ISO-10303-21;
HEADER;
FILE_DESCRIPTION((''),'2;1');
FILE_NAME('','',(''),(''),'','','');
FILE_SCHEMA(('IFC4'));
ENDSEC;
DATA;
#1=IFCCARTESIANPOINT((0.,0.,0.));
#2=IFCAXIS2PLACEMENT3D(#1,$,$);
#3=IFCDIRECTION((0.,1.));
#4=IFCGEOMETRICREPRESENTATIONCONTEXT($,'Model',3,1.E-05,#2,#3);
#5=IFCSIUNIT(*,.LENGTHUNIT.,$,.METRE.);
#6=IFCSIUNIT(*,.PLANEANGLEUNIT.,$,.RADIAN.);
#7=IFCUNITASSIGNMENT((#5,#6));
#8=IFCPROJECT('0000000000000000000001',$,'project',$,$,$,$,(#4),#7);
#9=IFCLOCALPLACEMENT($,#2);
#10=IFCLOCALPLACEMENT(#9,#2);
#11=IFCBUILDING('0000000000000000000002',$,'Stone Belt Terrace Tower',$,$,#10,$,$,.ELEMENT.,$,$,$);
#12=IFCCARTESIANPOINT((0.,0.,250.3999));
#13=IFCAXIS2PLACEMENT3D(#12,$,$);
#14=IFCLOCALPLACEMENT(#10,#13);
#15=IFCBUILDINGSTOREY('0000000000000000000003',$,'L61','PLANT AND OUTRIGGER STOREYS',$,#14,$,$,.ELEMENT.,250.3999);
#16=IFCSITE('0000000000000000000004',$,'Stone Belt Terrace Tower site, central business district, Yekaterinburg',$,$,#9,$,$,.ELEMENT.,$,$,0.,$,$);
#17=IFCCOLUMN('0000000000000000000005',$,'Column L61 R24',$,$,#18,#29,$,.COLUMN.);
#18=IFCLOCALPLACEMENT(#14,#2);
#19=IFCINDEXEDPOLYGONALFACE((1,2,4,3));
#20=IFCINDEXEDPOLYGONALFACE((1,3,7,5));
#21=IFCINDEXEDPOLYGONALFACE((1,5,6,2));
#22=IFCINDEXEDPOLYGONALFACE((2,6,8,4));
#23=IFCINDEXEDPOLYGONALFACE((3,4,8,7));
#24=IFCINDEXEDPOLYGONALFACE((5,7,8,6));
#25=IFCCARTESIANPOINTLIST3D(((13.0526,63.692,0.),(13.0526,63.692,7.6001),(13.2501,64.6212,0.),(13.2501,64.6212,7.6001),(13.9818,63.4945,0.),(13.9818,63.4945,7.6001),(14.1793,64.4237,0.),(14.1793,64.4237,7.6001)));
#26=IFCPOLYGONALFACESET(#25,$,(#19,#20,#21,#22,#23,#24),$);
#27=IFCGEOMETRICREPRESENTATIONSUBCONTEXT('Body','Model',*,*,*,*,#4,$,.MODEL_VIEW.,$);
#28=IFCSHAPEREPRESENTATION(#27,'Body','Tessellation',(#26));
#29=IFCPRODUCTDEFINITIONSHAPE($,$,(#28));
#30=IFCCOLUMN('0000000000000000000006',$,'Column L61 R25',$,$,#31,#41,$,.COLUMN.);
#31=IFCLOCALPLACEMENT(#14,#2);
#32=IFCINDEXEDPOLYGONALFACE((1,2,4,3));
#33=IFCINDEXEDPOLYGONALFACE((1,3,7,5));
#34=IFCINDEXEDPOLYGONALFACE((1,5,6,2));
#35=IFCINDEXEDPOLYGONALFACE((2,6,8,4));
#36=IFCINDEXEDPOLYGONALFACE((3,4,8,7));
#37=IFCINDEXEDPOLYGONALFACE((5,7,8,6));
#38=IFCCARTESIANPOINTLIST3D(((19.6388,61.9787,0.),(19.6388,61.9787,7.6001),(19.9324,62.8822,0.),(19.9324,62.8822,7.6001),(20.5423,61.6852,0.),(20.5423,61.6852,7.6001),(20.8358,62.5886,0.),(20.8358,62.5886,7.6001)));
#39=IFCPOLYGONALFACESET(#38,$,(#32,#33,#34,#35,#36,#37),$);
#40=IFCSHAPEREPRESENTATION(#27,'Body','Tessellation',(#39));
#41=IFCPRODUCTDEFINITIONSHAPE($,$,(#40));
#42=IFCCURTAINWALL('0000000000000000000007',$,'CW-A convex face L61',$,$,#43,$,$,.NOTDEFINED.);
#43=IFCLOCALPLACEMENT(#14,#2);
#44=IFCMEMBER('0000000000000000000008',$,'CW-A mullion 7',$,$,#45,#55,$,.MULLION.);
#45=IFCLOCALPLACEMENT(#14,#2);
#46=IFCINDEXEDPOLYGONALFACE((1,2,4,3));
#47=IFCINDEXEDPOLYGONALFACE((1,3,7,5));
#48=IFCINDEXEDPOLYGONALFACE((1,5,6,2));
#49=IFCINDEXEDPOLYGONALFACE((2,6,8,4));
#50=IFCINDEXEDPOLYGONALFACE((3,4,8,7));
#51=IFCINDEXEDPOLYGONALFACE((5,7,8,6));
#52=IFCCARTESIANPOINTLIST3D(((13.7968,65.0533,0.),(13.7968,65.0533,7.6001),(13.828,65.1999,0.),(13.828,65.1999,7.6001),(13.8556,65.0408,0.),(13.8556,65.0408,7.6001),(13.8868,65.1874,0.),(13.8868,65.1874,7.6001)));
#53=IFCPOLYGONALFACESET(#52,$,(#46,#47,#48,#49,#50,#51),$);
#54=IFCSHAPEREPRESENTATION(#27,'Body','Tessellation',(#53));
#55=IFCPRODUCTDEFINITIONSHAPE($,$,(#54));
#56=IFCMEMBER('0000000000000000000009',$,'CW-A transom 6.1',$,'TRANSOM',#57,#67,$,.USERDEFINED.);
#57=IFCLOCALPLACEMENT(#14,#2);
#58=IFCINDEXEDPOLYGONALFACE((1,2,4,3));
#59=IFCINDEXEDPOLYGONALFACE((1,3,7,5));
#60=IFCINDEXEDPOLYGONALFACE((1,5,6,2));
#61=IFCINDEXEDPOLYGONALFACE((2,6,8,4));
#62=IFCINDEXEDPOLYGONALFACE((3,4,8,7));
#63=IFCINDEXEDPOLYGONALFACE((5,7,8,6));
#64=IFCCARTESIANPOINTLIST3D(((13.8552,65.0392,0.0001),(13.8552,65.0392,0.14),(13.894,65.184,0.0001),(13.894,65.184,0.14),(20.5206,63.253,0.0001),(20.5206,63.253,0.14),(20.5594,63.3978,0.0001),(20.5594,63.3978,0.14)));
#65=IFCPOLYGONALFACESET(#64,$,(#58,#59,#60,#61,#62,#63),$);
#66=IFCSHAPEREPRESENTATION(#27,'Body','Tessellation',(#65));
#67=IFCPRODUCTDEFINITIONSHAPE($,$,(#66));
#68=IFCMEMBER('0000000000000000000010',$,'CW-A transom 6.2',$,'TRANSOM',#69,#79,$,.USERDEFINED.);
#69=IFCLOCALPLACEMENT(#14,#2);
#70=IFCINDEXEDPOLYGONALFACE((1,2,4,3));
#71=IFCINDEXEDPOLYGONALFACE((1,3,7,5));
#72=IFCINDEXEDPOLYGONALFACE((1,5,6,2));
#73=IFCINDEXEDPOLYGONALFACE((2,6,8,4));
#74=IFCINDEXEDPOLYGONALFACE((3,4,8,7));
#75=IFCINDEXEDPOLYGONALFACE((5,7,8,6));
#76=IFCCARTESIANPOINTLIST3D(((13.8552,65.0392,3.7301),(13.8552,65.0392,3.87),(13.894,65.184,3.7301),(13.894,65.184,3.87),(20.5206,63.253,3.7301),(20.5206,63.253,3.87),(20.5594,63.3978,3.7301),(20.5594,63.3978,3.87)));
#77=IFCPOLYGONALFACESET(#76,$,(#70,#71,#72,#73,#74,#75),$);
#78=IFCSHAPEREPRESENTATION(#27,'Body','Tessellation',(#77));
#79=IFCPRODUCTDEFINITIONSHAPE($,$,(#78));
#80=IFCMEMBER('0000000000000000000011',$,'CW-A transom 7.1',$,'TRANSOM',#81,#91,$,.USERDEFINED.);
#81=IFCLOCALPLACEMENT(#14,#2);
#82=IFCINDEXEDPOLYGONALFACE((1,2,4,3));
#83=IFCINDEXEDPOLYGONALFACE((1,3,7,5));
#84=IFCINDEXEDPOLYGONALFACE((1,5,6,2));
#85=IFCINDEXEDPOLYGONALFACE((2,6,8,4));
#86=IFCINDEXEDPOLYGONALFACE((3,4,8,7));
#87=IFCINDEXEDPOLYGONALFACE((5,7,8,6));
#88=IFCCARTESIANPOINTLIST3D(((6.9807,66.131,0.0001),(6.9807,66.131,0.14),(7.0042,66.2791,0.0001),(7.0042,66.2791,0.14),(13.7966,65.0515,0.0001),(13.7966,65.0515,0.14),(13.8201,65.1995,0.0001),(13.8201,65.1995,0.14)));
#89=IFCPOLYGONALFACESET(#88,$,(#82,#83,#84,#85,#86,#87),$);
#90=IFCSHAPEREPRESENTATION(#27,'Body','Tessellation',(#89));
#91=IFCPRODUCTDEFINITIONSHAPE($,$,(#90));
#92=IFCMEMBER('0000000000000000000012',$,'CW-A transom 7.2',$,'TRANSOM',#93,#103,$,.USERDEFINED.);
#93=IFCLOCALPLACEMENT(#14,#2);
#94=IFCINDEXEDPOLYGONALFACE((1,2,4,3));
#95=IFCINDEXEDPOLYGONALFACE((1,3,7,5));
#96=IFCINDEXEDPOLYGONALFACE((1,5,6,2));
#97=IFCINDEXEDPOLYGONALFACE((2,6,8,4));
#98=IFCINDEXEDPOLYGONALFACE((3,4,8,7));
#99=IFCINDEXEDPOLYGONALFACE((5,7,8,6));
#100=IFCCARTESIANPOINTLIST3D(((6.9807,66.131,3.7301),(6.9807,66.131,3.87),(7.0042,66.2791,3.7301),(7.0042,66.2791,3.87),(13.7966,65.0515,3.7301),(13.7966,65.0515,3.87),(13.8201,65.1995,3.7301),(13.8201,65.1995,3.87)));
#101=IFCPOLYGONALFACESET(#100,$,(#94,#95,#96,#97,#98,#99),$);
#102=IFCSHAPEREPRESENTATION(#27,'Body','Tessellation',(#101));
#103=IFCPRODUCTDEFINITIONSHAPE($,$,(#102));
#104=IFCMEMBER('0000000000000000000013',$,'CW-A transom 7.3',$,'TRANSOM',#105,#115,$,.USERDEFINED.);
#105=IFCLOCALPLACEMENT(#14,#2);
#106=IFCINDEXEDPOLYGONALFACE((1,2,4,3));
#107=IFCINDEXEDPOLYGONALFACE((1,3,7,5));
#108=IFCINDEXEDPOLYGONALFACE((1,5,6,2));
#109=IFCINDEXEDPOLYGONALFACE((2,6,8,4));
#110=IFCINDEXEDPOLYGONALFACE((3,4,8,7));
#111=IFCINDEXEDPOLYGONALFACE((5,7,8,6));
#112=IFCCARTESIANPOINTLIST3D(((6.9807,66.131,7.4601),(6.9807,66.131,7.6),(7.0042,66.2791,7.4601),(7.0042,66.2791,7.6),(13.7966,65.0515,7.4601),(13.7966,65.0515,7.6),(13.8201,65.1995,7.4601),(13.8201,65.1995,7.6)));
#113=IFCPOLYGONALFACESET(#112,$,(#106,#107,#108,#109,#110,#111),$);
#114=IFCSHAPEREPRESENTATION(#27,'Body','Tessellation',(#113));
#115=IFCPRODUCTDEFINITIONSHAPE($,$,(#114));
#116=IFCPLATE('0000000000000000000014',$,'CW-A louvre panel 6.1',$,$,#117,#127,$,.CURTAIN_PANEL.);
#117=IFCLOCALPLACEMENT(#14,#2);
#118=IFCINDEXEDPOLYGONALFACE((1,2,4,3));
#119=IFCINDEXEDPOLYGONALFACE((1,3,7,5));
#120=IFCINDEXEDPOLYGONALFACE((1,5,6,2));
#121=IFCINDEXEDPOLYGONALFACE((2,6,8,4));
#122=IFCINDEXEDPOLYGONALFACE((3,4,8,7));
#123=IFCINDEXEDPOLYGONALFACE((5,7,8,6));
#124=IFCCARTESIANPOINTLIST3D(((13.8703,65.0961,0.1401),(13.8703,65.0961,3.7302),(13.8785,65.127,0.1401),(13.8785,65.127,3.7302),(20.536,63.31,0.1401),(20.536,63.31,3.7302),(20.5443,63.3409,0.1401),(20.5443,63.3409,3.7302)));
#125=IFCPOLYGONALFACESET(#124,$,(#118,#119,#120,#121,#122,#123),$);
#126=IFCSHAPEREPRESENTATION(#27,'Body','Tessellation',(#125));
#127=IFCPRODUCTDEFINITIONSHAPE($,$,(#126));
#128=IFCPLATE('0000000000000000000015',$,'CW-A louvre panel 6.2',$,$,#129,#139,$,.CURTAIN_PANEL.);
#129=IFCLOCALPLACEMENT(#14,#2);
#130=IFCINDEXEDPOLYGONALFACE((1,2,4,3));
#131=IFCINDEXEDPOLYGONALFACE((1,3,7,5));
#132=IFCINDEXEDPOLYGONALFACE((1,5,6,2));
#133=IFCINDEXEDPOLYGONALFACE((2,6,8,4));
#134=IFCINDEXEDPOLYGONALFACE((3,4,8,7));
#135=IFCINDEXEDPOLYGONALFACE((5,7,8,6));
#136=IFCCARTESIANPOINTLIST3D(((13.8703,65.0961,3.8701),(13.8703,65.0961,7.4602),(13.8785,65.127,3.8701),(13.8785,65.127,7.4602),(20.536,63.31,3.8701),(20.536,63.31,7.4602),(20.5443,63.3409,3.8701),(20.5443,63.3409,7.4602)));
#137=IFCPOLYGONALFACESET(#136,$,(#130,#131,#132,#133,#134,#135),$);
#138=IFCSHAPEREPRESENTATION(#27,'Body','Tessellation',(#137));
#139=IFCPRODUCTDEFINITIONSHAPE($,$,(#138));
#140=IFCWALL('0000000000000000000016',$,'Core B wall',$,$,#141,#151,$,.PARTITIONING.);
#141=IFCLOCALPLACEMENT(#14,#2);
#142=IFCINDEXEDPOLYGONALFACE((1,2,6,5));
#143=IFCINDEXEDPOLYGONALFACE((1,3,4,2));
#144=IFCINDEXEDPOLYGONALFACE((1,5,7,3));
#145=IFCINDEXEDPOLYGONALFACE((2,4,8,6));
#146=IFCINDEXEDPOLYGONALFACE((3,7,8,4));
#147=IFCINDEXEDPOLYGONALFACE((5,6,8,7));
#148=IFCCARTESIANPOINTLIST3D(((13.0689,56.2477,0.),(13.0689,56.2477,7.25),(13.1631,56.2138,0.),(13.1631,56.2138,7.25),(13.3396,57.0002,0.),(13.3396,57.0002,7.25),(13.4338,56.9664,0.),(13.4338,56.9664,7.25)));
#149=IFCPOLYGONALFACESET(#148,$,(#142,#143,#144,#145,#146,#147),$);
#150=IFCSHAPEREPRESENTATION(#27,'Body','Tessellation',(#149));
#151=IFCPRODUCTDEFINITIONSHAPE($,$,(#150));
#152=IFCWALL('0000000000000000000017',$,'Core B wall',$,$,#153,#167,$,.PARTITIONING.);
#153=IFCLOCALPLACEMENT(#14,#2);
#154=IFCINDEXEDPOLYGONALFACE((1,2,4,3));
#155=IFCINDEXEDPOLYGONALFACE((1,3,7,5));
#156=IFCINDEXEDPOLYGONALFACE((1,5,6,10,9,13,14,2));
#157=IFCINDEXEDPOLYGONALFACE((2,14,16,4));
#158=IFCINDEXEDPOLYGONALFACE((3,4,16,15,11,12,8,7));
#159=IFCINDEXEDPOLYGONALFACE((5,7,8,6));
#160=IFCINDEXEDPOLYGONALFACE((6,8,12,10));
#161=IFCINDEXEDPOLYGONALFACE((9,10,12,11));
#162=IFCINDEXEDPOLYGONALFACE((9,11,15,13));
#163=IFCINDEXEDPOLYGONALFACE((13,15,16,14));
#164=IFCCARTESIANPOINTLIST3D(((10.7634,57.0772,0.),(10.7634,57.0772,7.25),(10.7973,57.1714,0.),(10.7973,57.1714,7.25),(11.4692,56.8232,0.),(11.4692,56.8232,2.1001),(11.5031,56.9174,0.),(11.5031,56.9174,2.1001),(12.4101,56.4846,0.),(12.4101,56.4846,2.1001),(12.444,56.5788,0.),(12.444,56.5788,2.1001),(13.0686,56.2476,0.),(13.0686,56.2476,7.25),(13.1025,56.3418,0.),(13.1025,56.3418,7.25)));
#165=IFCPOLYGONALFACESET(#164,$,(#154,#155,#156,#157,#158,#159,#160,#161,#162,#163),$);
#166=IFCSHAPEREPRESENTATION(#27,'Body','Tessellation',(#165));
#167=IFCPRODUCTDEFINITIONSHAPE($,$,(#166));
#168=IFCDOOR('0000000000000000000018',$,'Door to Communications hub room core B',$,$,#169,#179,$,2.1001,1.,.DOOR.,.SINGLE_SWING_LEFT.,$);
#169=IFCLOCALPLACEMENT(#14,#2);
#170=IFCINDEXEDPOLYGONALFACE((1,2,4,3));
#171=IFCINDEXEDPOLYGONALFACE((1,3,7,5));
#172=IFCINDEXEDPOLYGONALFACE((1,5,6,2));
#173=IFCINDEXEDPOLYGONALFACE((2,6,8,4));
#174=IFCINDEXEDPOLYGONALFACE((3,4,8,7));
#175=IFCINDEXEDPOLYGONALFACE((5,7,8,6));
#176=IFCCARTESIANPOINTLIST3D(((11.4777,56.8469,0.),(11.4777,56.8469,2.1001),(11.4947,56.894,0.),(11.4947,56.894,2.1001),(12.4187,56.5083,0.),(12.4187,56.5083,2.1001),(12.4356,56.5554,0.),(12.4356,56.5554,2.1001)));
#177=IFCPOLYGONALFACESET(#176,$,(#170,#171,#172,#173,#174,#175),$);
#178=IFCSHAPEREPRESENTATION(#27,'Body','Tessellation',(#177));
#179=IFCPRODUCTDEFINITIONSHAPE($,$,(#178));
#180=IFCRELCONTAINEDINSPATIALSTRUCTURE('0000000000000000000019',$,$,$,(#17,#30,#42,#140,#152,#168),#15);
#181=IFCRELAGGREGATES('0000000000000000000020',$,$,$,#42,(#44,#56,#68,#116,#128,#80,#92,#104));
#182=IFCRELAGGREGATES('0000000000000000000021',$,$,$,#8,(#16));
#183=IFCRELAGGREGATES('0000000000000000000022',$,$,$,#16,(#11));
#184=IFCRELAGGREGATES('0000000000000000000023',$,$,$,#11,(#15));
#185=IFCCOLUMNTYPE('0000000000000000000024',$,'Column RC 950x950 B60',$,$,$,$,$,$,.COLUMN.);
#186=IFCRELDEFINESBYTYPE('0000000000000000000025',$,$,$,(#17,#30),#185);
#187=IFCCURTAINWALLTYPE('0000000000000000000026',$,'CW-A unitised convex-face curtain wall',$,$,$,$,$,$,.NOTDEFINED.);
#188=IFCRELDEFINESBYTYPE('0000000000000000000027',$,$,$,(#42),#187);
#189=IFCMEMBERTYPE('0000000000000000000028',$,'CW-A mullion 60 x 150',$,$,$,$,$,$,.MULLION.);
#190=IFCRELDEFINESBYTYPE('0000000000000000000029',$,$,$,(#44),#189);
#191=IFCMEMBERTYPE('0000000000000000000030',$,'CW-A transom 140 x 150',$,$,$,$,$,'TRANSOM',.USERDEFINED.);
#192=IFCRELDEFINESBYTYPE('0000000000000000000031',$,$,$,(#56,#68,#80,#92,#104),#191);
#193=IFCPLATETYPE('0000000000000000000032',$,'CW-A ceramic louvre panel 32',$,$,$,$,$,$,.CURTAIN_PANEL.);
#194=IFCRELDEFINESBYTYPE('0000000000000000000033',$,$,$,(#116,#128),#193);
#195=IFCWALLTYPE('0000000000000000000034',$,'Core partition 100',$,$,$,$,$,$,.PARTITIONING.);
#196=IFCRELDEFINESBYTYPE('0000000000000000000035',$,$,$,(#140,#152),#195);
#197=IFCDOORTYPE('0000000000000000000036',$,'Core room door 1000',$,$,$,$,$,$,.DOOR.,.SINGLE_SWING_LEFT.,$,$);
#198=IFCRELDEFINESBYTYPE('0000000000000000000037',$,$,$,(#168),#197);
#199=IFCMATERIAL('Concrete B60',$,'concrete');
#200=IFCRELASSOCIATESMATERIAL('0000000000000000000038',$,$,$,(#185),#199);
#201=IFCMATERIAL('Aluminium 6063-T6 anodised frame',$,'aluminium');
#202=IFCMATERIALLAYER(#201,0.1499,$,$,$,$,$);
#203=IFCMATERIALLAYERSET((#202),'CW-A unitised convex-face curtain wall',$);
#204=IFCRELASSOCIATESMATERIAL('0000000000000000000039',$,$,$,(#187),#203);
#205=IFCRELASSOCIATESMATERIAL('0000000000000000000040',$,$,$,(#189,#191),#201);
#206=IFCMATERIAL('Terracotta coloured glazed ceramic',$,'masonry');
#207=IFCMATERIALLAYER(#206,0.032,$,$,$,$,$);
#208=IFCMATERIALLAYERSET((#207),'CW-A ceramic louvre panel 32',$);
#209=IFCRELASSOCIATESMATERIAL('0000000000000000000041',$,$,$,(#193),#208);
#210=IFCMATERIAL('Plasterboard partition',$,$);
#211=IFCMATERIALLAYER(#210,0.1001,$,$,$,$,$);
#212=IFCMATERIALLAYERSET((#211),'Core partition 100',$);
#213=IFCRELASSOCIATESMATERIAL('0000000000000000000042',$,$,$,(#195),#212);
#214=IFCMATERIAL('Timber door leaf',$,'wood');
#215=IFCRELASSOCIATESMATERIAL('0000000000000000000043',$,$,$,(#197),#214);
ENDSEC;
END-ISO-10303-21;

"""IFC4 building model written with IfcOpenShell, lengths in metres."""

from ifc_helpers import new_model, si_unit, direction, frame, frame_2d, origin, origin_2d, place, context, subcontext, project, spatial, rectangle, extrude, material, layer, layer_set, material_profile, profile_set, type_object, element, fill, aggregate, save


model = new_model("IFC4")

# Units and contexts
model_context = context("Model", 3, precision=1e-05, world=origin(), true_north=direction((0.0, 1.0)))
body_context = subcontext(model_context, "Body", "Model", "MODEL_VIEW")
ifc_project = project(units=[si_unit("LENGTHUNIT", "METRE"), si_unit("PLANEANGLEUNIT", "RADIAN")], contexts=[model_context])

# Site, building, storey
site_placement = place(None, origin())
site = spatial("IfcSite", under=ifc_project, at=site_placement, Name="Stone Belt Terrace Tower site, central business district, Yekaterinburg", CompositionType="ELEMENT", RefElevation=0.0)
building_placement = place(site_placement, origin())
building = spatial("IfcBuilding", under=site, at=building_placement, Name="Stone Belt Terrace Tower", CompositionType="ELEMENT")
storey_placement = place(building_placement, frame((0.0, 0.0, 250.3999)))
storey = spatial("IfcBuildingStorey", under=building, at=storey_placement, Name="L61", Description="PLANT AND OUTRIGGER STOREYS", CompositionType="ELEMENT", Elevation=250.3999)

# Columns
ifc_material_1 = material(Name="Concrete B60", Category="concrete")
ifc_material_profile_1 = material_profile(ifc_material_1, rectangle(XDim=0.95, YDim=0.95, at=origin_2d()), Name="RC 950x950")
ifc_profile_set_1 = profile_set([ifc_material_profile_1], Name="Concrete B60")
column_type = type_object("IfcColumnType", Name="Column RC 950x950 B60", PredefinedType="COLUMN", material=ifc_profile_set_1)
for number, where, z_axis, x_axis, name in (
    (1, (13.616, 64.0579, 0.0), (0.0, 0.0, 1.0), (0.978148, -0.207912, 0.0), "Column L61 R24"),
    (2, (20.2373, 62.2837, 0.0), (0.0, 0.0, 1.0), (0.951057, -0.309017, 0.0), "Column L61 R25"),
):
    element("IfcColumn", number, at=place(storey_placement, frame(where, z_axis=z_axis, x_axis=x_axis)), inside=storey, type_object=column_type, Name=name, PredefinedType="COLUMN", context=body_context, shape_type="SweptSolid", body=[
        extrude(rectangle(XDim=0.95, YDim=0.95, at=origin_2d()), origin(), (0.0, 0.0, 1.0), 7.6001),
    ])

# Curtain wall, members, plates
ifc_material_2 = material(Name="Aluminium 6063-T6 anodised frame", Category="aluminium")
ifc_layer_1 = layer(ifc_material_2, 0.1499)
ifc_layer_set_1 = layer_set([ifc_layer_1], Name="CW-A unitised convex-face curtain wall")
curtain_wall_type = type_object("IfcCurtainWallType", Name="CW-A unitised convex-face curtain wall", PredefinedType="NOTDEFINED", material=ifc_layer_set_1)
curtain_wall_placement = place(storey_placement, origin())
curtain_wall = element("IfcCurtainWall", 3, at=curtain_wall_placement, inside=storey, type_object=curtain_wall_type, Name="CW-A convex face L61", PredefinedType="NOTDEFINED")
ifc_material_profile_2 = material_profile(ifc_material_2, rectangle(XDim=0.1499, YDim=0.0601, at=origin_2d()), Name="Aluminium 6063-T6 60x150")
ifc_profile_set_2 = profile_set([ifc_material_profile_2], Name="Aluminium 6063-T6 anodised frame")
member_type_1 = type_object("IfcMemberType", Name="CW-A mullion 60 x 150", PredefinedType="MULLION", material=ifc_profile_set_2)
member_1_placement = place(storey_placement, frame((13.8418, 65.1204, 0.0), z_axis=(0.0, 0.0, 1.0), x_axis=(-0.207912, -0.978148, 0.0)))
member_1 = element("IfcMember", 4, at=member_1_placement, type_object=member_type_1, Name="CW-A mullion 7", PredefinedType="MULLION", context=body_context, shape_type="SweptSolid", body=[
    extrude(rectangle(XDim=0.1499, YDim=0.0601, at=origin_2d()), origin(), (0.0, 0.0, 1.0), 7.6001),
])
ifc_material_profile_3 = material_profile(ifc_material_2, rectangle(XDim=0.1499, YDim=0.1399, at=origin_2d()), Name="Aluminium 6063-T6 150x140")
ifc_profile_set_3 = profile_set([ifc_material_profile_3], Name="Aluminium 6063-T6 anodised frame")
member_type_2 = type_object("IfcMemberType", Name="CW-A transom 140 x 150", ElementType="TRANSOM", PredefinedType="USERDEFINED", material=ifc_profile_set_3)
member_2_placement = place(storey_placement, frame((20.54, 63.3254, 0.0701), z_axis=(-0.965922, 0.258834, 0.0), x_axis=(-0.258834, -0.965922, 0.0)))
member_2 = element("IfcMember", 5, at=member_2_placement, type_object=member_type_2, Name="CW-A transom 6.1", ObjectType="TRANSOM", PredefinedType="USERDEFINED", context=body_context, shape_type="SweptSolid", body=[
    extrude(rectangle(XDim=0.1499, YDim=0.1399, at=origin_2d()), origin(), (0.0, 0.0, 1.0), 6.9006),
])
member_3_placement = place(storey_placement, frame((20.54, 63.3254, 3.8), z_axis=(-0.965922, 0.258834, 0.0), x_axis=(-0.258834, -0.965922, 0.0)))
member_3 = element("IfcMember", 6, at=member_3_placement, type_object=member_type_2, Name="CW-A transom 6.2", ObjectType="TRANSOM", PredefinedType="USERDEFINED", context=body_context, shape_type="SweptSolid", body=[
    extrude(rectangle(XDim=0.1499, YDim=0.1399, at=origin_2d()), origin(), (0.0, 0.0, 1.0), 6.9006),
])
member_4_placement = place(storey_placement, frame((13.8083, 65.1255, 0.0701), z_axis=(-0.987687, 0.156442, 0.0), x_axis=(-0.156442, -0.987687, 0.0)))
member_4 = element("IfcMember", 7, at=member_4_placement, type_object=member_type_2, Name="CW-A transom 7.1", ObjectType="TRANSOM", PredefinedType="USERDEFINED", context=body_context, shape_type="SweptSolid", body=[
    extrude(rectangle(XDim=0.1499, YDim=0.1399, at=origin_2d()), origin(), (0.0, 0.0, 1.0), 6.9009),
])
member_5_placement = place(storey_placement, frame((13.8083, 65.1255, 3.8), z_axis=(-0.987687, 0.156442, 0.0), x_axis=(-0.156442, -0.987687, 0.0)))
member_5 = element("IfcMember", 8, at=member_5_placement, type_object=member_type_2, Name="CW-A transom 7.2", ObjectType="TRANSOM", PredefinedType="USERDEFINED", context=body_context, shape_type="SweptSolid", body=[
    extrude(rectangle(XDim=0.1499, YDim=0.1399, at=origin_2d()), origin(), (0.0, 0.0, 1.0), 6.9009),
])
member_6_placement = place(storey_placement, frame((13.8083, 65.1255, 7.53), z_axis=(-0.987687, 0.156442, 0.0), x_axis=(-0.156442, -0.987687, 0.0)))
member_6 = element("IfcMember", 9, at=member_6_placement, type_object=member_type_2, Name="CW-A transom 7.3", ObjectType="TRANSOM", PredefinedType="USERDEFINED", context=body_context, shape_type="SweptSolid", body=[
    extrude(rectangle(XDim=0.1499, YDim=0.1399, at=origin_2d()), origin(), (0.0, 0.0, 1.0), 6.9009),
])
ifc_material_3 = material(Name="Terracotta coloured glazed ceramic", Category="masonry")
ifc_layer_2 = layer(ifc_material_3, 0.032)
ifc_layer_set_2 = layer_set([ifc_layer_2], Name="CW-A ceramic louvre panel 32")
plate_type = type_object("IfcPlateType", Name="CW-A ceramic louvre panel 32", PredefinedType="CURTAIN_PANEL", material=ifc_layer_set_2)
plate_1_placement = place(storey_placement, frame((17.2073, 64.2185, 0.1401), z_axis=(0.0, 0.0, 1.0), x_axis=(-0.965926, 0.258819, 0.0)))
plate_1 = element("IfcPlate", 10, at=plate_1_placement, type_object=plate_type, Name="CW-A louvre panel 6.1", PredefinedType="CURTAIN_PANEL", context=body_context, shape_type="SweptSolid", body=[
    extrude(rectangle(XDim=6.9009, YDim=0.032, at=origin_2d()), origin(), (0.0, 0.0, 1.0), 3.5901),
])
plate_2_placement = place(storey_placement, frame((17.2073, 64.2185, 3.8701), z_axis=(0.0, 0.0, 1.0), x_axis=(-0.965926, 0.258819, 0.0)))
plate_2 = element("IfcPlate", 11, at=plate_2_placement, type_object=plate_type, Name="CW-A louvre panel 6.2", PredefinedType="CURTAIN_PANEL", context=body_context, shape_type="SweptSolid", body=[
    extrude(rectangle(XDim=6.9009, YDim=0.032, at=origin_2d()), origin(), (0.0, 0.0, 1.0), 3.5901),
])
aggregate(curtain_wall, [member_1, member_2, member_3, plate_1, plate_2, member_4, member_5, member_6])

# Wall
ifc_material_4 = material(Name="Plasterboard partition")
ifc_layer_3 = layer(ifc_material_4, 0.1001)
ifc_layer_set_3 = layer_set([ifc_layer_3], Name="Core partition 100")
wall_type_1 = type_object("IfcWallType", Name="Core partition 100", PredefinedType="PARTITIONING", material=ifc_layer_set_3)
wall_1_placement = place(storey_placement, frame((13.116, 56.2307, 0.0), z_axis=(0.0, 0.0, 1.0), x_axis=(0.338482, 0.940973, 0.0)))
element("IfcWall", 12, at=wall_1_placement, inside=storey, type_object=wall_type_1, Name="Core B wall", PredefinedType="PARTITIONING", context=body_context, shape_type="SweptSolid", body=[
    extrude(rectangle(XDim=0.7998, YDim=0.1001, at=frame_2d((0.3999, 0.0))), origin(), (0.0, 0.0, 1.0), 7.25),
])

# Wall, opening, door
wall_2_placement = place(storey_placement, frame((13.0857, 56.2947, 0.0), z_axis=(0.0, 0.0, 1.0), x_axis=(-0.940923, 0.338621, 0.0)))
wall_2 = element("IfcWall", 13, at=wall_2_placement, inside=storey, type_object=wall_type_1, Name="Core B wall", PredefinedType="PARTITIONING", context=body_context, shape_type="SweptSolid", body=[
    extrude(rectangle(XDim=2.45, YDim=0.1001, at=frame_2d((1.2251, 0.0))), origin(), (0.0, 0.0, 1.0), 7.25),
])
opening_1_placement = place(wall_2_placement, frame((0.7, 0.0, 0.0)))
opening_1 = element("IfcOpeningElement", 14, at=opening_1_placement, cuts=wall_2, PredefinedType="OPENING", context=body_context, shape_type="SweptSolid", body=[
    extrude(rectangle(XDim=1.0, YDim=2.1001, at=frame_2d((0.5, 1.05))), frame((0.0, 0.0601, 0.0), z_axis=(0.0, -1.0, 0.0), x_axis=(1.0, 0.0, 0.0)), (0.0, 0.0, 1.0), 0.1201),
])
ifc_material_5 = material(Name="Timber door leaf", Category="wood")
door_type_1 = type_object("IfcDoorType", Name="Core room door 1000", OperationType="SINGLE_SWING_LEFT", PredefinedType="DOOR", material=ifc_material_5)
door_1_placement = place(opening_1_placement, origin())
door_1 = element("IfcDoor", 15, at=door_1_placement, inside=storey, type_object=door_type_1, Name="Door to Communications hub room core B", OperationType="SINGLE_SWING_LEFT", OverallHeight=2.1001, OverallWidth=1.0, PredefinedType="DOOR", context=body_context, shape_type="SweptSolid", body=[
    extrude(rectangle(XDim=1.0, YDim=2.1001, at=frame_2d((0.5, 1.05))), frame((0.0, 0.0249, 0.0), z_axis=(0.0, -1.0, 0.0), x_axis=(1.0, 0.0, 0.0)), (0.0, 0.0, 1.0), 0.05),
])
fill(opening_1, door_1)

save(model, "model.ifc")
